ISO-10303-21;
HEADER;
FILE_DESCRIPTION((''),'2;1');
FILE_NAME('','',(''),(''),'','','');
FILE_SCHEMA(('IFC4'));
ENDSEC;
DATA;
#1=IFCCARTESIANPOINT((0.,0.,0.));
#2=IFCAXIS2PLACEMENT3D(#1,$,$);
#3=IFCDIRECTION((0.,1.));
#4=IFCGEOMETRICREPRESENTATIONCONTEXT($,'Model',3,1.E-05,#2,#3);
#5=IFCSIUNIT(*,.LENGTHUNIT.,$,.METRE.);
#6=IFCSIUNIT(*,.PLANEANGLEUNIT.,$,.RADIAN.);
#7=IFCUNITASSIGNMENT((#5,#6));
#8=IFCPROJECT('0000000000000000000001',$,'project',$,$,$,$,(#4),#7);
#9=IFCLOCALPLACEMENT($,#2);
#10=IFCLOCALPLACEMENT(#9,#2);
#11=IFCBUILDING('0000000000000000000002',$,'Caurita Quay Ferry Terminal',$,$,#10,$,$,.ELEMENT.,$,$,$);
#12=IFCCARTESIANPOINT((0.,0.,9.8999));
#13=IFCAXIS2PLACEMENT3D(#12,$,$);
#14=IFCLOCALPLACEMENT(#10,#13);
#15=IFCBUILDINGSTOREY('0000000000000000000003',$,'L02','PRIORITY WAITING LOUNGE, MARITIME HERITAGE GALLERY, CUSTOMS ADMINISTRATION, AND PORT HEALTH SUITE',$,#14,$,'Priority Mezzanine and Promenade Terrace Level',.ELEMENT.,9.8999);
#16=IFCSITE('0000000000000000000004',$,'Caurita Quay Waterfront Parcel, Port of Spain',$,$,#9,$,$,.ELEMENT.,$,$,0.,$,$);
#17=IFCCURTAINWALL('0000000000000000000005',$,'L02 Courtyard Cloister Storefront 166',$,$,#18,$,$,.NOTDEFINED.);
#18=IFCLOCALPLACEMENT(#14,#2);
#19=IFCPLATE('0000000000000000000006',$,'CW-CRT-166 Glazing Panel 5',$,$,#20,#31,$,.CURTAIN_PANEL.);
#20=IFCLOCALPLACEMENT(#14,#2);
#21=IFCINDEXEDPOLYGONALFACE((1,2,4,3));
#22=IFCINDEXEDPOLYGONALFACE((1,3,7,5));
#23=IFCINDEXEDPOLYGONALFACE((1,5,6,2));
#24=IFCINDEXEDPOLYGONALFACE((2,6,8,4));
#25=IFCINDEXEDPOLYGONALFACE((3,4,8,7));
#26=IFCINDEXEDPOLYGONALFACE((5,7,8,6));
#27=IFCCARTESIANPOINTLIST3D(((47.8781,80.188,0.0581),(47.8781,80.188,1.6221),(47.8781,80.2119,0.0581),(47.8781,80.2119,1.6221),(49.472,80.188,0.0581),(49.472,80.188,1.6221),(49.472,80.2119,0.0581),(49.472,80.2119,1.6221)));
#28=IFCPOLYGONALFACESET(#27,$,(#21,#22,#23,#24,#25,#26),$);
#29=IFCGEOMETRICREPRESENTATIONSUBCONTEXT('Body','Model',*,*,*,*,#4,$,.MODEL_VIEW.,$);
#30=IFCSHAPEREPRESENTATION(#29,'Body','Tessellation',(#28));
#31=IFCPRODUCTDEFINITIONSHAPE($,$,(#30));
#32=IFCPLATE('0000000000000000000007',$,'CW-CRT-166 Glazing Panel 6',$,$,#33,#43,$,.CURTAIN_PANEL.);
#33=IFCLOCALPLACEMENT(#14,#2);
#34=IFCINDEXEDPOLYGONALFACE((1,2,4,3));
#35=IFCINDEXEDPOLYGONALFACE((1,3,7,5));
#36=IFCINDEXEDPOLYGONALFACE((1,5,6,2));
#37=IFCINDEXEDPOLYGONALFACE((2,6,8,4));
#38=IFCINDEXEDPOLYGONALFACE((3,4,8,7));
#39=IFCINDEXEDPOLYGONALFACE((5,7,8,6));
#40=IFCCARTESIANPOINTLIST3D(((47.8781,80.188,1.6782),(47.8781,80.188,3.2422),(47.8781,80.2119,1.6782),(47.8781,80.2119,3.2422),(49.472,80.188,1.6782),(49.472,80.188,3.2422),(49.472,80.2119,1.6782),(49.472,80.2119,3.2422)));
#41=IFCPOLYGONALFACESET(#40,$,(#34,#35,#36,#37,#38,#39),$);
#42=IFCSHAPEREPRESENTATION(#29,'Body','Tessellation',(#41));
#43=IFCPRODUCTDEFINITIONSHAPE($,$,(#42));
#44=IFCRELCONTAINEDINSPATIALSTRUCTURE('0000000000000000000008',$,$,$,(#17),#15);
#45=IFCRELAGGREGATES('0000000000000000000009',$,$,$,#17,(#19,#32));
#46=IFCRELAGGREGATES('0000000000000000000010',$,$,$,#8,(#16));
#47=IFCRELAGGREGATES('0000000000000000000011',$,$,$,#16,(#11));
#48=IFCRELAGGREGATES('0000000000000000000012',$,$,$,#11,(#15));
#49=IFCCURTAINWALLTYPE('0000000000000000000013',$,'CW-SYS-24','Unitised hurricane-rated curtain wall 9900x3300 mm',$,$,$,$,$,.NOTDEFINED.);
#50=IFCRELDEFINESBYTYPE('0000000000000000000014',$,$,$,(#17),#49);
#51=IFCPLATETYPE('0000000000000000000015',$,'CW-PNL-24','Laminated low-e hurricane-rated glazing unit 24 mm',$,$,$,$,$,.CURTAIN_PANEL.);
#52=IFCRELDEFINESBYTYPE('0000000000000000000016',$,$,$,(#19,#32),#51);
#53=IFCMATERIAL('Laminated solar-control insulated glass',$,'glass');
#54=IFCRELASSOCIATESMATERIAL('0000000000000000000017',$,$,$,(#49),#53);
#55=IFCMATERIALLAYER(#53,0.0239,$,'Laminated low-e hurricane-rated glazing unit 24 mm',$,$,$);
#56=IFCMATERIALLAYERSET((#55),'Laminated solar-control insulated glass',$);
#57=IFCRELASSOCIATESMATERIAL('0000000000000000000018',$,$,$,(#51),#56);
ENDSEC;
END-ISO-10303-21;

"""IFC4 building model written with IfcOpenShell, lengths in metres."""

from ifc_helpers import new_model, si_unit, direction, frame, origin, origin_2d, place, context, subcontext, project, spatial, rectangle, extrude, material, layer, layer_set, type_object, element, aggregate, save


model = new_model("IFC4")

# Units and contexts
model_context = context("Model", 3, precision=1e-05, world=origin(), true_north=direction((0.0, 1.0)))
body_context = subcontext(model_context, "Body", "Model", "MODEL_VIEW")
ifc_project = project(units=[si_unit("LENGTHUNIT", "METRE"), si_unit("PLANEANGLEUNIT", "RADIAN")], contexts=[model_context])

# Site, building, storey
site_placement = place(None, origin())
site = spatial("IfcSite", under=ifc_project, at=site_placement, Name="Caurita Quay Waterfront Parcel, Port of Spain", CompositionType="ELEMENT", RefElevation=0.0)
building_placement = place(site_placement, origin())
building = spatial("IfcBuilding", under=site, at=building_placement, Name="Caurita Quay Ferry Terminal", CompositionType="ELEMENT")
storey_placement = place(building_placement, frame((0.0, 0.0, 9.8999)))
storey = spatial("IfcBuildingStorey", under=building, at=storey_placement, Name="L02", Description="PRIORITY WAITING LOUNGE, MARITIME HERITAGE GALLERY, CUSTOMS ADMINISTRATION, AND PORT HEALTH SUITE", LongName="Priority Mezzanine and Promenade Terrace Level", CompositionType="ELEMENT", Elevation=9.8999)

# Curtain wall, plates
ifc_material_1 = material(Name="Laminated solar-control insulated glass", Category="glass")
curtain_wall_type = type_object("IfcCurtainWallType", Name="CW-SYS-24", Description="Unitised hurricane-rated curtain wall 9900x3300 mm", PredefinedType="NOTDEFINED", material=ifc_material_1)
curtain_wall_placement = place(storey_placement, origin())
curtain_wall = element("IfcCurtainWall", 1, at=curtain_wall_placement, inside=storey, type_object=curtain_wall_type, Name="L02 Courtyard Cloister Storefront 166", PredefinedType="NOTDEFINED")
ifc_layer = layer(ifc_material_1, 0.0239, Name="Laminated low-e hurricane-rated glazing unit 24 mm")
ifc_layer_set = layer_set([ifc_layer], Name="Laminated solar-control insulated glass")
plate_type = type_object("IfcPlateType", Name="CW-PNL-24", Description="Laminated low-e hurricane-rated glazing unit 24 mm", PredefinedType="CURTAIN_PANEL", material=ifc_layer_set)
plate_1_placement = place(storey_placement, frame((48.675, 80.2, 0.0581), z_axis=(0.0, 0.0, 1.0), x_axis=(1.0, 0.0, 0.0)))
plate_1 = element("IfcPlate", 2, at=plate_1_placement, type_object=plate_type, Name="CW-CRT-166 Glazing Panel 5", PredefinedType="CURTAIN_PANEL", context=body_context, shape_type="SweptSolid", body=[
    extrude(rectangle(XDim=1.594, YDim=0.0239, at=origin_2d()), origin(), (0.0, 0.0, 1.0), 1.564),
])
plate_2_placement = place(storey_placement, frame((48.675, 80.2, 1.6782), z_axis=(0.0, 0.0, 1.0), x_axis=(1.0, 0.0, 0.0)))
plate_2 = element("IfcPlate", 3, at=plate_2_placement, type_object=plate_type, Name="CW-CRT-166 Glazing Panel 6", PredefinedType="CURTAIN_PANEL", context=body_context, shape_type="SweptSolid", body=[
    extrude(rectangle(XDim=1.594, YDim=0.0239, at=origin_2d()), origin(), (0.0, 0.0, 1.0), 1.564),
])
aggregate(curtain_wall, [plate_1, plate_2])

save(model, "model.ifc")
